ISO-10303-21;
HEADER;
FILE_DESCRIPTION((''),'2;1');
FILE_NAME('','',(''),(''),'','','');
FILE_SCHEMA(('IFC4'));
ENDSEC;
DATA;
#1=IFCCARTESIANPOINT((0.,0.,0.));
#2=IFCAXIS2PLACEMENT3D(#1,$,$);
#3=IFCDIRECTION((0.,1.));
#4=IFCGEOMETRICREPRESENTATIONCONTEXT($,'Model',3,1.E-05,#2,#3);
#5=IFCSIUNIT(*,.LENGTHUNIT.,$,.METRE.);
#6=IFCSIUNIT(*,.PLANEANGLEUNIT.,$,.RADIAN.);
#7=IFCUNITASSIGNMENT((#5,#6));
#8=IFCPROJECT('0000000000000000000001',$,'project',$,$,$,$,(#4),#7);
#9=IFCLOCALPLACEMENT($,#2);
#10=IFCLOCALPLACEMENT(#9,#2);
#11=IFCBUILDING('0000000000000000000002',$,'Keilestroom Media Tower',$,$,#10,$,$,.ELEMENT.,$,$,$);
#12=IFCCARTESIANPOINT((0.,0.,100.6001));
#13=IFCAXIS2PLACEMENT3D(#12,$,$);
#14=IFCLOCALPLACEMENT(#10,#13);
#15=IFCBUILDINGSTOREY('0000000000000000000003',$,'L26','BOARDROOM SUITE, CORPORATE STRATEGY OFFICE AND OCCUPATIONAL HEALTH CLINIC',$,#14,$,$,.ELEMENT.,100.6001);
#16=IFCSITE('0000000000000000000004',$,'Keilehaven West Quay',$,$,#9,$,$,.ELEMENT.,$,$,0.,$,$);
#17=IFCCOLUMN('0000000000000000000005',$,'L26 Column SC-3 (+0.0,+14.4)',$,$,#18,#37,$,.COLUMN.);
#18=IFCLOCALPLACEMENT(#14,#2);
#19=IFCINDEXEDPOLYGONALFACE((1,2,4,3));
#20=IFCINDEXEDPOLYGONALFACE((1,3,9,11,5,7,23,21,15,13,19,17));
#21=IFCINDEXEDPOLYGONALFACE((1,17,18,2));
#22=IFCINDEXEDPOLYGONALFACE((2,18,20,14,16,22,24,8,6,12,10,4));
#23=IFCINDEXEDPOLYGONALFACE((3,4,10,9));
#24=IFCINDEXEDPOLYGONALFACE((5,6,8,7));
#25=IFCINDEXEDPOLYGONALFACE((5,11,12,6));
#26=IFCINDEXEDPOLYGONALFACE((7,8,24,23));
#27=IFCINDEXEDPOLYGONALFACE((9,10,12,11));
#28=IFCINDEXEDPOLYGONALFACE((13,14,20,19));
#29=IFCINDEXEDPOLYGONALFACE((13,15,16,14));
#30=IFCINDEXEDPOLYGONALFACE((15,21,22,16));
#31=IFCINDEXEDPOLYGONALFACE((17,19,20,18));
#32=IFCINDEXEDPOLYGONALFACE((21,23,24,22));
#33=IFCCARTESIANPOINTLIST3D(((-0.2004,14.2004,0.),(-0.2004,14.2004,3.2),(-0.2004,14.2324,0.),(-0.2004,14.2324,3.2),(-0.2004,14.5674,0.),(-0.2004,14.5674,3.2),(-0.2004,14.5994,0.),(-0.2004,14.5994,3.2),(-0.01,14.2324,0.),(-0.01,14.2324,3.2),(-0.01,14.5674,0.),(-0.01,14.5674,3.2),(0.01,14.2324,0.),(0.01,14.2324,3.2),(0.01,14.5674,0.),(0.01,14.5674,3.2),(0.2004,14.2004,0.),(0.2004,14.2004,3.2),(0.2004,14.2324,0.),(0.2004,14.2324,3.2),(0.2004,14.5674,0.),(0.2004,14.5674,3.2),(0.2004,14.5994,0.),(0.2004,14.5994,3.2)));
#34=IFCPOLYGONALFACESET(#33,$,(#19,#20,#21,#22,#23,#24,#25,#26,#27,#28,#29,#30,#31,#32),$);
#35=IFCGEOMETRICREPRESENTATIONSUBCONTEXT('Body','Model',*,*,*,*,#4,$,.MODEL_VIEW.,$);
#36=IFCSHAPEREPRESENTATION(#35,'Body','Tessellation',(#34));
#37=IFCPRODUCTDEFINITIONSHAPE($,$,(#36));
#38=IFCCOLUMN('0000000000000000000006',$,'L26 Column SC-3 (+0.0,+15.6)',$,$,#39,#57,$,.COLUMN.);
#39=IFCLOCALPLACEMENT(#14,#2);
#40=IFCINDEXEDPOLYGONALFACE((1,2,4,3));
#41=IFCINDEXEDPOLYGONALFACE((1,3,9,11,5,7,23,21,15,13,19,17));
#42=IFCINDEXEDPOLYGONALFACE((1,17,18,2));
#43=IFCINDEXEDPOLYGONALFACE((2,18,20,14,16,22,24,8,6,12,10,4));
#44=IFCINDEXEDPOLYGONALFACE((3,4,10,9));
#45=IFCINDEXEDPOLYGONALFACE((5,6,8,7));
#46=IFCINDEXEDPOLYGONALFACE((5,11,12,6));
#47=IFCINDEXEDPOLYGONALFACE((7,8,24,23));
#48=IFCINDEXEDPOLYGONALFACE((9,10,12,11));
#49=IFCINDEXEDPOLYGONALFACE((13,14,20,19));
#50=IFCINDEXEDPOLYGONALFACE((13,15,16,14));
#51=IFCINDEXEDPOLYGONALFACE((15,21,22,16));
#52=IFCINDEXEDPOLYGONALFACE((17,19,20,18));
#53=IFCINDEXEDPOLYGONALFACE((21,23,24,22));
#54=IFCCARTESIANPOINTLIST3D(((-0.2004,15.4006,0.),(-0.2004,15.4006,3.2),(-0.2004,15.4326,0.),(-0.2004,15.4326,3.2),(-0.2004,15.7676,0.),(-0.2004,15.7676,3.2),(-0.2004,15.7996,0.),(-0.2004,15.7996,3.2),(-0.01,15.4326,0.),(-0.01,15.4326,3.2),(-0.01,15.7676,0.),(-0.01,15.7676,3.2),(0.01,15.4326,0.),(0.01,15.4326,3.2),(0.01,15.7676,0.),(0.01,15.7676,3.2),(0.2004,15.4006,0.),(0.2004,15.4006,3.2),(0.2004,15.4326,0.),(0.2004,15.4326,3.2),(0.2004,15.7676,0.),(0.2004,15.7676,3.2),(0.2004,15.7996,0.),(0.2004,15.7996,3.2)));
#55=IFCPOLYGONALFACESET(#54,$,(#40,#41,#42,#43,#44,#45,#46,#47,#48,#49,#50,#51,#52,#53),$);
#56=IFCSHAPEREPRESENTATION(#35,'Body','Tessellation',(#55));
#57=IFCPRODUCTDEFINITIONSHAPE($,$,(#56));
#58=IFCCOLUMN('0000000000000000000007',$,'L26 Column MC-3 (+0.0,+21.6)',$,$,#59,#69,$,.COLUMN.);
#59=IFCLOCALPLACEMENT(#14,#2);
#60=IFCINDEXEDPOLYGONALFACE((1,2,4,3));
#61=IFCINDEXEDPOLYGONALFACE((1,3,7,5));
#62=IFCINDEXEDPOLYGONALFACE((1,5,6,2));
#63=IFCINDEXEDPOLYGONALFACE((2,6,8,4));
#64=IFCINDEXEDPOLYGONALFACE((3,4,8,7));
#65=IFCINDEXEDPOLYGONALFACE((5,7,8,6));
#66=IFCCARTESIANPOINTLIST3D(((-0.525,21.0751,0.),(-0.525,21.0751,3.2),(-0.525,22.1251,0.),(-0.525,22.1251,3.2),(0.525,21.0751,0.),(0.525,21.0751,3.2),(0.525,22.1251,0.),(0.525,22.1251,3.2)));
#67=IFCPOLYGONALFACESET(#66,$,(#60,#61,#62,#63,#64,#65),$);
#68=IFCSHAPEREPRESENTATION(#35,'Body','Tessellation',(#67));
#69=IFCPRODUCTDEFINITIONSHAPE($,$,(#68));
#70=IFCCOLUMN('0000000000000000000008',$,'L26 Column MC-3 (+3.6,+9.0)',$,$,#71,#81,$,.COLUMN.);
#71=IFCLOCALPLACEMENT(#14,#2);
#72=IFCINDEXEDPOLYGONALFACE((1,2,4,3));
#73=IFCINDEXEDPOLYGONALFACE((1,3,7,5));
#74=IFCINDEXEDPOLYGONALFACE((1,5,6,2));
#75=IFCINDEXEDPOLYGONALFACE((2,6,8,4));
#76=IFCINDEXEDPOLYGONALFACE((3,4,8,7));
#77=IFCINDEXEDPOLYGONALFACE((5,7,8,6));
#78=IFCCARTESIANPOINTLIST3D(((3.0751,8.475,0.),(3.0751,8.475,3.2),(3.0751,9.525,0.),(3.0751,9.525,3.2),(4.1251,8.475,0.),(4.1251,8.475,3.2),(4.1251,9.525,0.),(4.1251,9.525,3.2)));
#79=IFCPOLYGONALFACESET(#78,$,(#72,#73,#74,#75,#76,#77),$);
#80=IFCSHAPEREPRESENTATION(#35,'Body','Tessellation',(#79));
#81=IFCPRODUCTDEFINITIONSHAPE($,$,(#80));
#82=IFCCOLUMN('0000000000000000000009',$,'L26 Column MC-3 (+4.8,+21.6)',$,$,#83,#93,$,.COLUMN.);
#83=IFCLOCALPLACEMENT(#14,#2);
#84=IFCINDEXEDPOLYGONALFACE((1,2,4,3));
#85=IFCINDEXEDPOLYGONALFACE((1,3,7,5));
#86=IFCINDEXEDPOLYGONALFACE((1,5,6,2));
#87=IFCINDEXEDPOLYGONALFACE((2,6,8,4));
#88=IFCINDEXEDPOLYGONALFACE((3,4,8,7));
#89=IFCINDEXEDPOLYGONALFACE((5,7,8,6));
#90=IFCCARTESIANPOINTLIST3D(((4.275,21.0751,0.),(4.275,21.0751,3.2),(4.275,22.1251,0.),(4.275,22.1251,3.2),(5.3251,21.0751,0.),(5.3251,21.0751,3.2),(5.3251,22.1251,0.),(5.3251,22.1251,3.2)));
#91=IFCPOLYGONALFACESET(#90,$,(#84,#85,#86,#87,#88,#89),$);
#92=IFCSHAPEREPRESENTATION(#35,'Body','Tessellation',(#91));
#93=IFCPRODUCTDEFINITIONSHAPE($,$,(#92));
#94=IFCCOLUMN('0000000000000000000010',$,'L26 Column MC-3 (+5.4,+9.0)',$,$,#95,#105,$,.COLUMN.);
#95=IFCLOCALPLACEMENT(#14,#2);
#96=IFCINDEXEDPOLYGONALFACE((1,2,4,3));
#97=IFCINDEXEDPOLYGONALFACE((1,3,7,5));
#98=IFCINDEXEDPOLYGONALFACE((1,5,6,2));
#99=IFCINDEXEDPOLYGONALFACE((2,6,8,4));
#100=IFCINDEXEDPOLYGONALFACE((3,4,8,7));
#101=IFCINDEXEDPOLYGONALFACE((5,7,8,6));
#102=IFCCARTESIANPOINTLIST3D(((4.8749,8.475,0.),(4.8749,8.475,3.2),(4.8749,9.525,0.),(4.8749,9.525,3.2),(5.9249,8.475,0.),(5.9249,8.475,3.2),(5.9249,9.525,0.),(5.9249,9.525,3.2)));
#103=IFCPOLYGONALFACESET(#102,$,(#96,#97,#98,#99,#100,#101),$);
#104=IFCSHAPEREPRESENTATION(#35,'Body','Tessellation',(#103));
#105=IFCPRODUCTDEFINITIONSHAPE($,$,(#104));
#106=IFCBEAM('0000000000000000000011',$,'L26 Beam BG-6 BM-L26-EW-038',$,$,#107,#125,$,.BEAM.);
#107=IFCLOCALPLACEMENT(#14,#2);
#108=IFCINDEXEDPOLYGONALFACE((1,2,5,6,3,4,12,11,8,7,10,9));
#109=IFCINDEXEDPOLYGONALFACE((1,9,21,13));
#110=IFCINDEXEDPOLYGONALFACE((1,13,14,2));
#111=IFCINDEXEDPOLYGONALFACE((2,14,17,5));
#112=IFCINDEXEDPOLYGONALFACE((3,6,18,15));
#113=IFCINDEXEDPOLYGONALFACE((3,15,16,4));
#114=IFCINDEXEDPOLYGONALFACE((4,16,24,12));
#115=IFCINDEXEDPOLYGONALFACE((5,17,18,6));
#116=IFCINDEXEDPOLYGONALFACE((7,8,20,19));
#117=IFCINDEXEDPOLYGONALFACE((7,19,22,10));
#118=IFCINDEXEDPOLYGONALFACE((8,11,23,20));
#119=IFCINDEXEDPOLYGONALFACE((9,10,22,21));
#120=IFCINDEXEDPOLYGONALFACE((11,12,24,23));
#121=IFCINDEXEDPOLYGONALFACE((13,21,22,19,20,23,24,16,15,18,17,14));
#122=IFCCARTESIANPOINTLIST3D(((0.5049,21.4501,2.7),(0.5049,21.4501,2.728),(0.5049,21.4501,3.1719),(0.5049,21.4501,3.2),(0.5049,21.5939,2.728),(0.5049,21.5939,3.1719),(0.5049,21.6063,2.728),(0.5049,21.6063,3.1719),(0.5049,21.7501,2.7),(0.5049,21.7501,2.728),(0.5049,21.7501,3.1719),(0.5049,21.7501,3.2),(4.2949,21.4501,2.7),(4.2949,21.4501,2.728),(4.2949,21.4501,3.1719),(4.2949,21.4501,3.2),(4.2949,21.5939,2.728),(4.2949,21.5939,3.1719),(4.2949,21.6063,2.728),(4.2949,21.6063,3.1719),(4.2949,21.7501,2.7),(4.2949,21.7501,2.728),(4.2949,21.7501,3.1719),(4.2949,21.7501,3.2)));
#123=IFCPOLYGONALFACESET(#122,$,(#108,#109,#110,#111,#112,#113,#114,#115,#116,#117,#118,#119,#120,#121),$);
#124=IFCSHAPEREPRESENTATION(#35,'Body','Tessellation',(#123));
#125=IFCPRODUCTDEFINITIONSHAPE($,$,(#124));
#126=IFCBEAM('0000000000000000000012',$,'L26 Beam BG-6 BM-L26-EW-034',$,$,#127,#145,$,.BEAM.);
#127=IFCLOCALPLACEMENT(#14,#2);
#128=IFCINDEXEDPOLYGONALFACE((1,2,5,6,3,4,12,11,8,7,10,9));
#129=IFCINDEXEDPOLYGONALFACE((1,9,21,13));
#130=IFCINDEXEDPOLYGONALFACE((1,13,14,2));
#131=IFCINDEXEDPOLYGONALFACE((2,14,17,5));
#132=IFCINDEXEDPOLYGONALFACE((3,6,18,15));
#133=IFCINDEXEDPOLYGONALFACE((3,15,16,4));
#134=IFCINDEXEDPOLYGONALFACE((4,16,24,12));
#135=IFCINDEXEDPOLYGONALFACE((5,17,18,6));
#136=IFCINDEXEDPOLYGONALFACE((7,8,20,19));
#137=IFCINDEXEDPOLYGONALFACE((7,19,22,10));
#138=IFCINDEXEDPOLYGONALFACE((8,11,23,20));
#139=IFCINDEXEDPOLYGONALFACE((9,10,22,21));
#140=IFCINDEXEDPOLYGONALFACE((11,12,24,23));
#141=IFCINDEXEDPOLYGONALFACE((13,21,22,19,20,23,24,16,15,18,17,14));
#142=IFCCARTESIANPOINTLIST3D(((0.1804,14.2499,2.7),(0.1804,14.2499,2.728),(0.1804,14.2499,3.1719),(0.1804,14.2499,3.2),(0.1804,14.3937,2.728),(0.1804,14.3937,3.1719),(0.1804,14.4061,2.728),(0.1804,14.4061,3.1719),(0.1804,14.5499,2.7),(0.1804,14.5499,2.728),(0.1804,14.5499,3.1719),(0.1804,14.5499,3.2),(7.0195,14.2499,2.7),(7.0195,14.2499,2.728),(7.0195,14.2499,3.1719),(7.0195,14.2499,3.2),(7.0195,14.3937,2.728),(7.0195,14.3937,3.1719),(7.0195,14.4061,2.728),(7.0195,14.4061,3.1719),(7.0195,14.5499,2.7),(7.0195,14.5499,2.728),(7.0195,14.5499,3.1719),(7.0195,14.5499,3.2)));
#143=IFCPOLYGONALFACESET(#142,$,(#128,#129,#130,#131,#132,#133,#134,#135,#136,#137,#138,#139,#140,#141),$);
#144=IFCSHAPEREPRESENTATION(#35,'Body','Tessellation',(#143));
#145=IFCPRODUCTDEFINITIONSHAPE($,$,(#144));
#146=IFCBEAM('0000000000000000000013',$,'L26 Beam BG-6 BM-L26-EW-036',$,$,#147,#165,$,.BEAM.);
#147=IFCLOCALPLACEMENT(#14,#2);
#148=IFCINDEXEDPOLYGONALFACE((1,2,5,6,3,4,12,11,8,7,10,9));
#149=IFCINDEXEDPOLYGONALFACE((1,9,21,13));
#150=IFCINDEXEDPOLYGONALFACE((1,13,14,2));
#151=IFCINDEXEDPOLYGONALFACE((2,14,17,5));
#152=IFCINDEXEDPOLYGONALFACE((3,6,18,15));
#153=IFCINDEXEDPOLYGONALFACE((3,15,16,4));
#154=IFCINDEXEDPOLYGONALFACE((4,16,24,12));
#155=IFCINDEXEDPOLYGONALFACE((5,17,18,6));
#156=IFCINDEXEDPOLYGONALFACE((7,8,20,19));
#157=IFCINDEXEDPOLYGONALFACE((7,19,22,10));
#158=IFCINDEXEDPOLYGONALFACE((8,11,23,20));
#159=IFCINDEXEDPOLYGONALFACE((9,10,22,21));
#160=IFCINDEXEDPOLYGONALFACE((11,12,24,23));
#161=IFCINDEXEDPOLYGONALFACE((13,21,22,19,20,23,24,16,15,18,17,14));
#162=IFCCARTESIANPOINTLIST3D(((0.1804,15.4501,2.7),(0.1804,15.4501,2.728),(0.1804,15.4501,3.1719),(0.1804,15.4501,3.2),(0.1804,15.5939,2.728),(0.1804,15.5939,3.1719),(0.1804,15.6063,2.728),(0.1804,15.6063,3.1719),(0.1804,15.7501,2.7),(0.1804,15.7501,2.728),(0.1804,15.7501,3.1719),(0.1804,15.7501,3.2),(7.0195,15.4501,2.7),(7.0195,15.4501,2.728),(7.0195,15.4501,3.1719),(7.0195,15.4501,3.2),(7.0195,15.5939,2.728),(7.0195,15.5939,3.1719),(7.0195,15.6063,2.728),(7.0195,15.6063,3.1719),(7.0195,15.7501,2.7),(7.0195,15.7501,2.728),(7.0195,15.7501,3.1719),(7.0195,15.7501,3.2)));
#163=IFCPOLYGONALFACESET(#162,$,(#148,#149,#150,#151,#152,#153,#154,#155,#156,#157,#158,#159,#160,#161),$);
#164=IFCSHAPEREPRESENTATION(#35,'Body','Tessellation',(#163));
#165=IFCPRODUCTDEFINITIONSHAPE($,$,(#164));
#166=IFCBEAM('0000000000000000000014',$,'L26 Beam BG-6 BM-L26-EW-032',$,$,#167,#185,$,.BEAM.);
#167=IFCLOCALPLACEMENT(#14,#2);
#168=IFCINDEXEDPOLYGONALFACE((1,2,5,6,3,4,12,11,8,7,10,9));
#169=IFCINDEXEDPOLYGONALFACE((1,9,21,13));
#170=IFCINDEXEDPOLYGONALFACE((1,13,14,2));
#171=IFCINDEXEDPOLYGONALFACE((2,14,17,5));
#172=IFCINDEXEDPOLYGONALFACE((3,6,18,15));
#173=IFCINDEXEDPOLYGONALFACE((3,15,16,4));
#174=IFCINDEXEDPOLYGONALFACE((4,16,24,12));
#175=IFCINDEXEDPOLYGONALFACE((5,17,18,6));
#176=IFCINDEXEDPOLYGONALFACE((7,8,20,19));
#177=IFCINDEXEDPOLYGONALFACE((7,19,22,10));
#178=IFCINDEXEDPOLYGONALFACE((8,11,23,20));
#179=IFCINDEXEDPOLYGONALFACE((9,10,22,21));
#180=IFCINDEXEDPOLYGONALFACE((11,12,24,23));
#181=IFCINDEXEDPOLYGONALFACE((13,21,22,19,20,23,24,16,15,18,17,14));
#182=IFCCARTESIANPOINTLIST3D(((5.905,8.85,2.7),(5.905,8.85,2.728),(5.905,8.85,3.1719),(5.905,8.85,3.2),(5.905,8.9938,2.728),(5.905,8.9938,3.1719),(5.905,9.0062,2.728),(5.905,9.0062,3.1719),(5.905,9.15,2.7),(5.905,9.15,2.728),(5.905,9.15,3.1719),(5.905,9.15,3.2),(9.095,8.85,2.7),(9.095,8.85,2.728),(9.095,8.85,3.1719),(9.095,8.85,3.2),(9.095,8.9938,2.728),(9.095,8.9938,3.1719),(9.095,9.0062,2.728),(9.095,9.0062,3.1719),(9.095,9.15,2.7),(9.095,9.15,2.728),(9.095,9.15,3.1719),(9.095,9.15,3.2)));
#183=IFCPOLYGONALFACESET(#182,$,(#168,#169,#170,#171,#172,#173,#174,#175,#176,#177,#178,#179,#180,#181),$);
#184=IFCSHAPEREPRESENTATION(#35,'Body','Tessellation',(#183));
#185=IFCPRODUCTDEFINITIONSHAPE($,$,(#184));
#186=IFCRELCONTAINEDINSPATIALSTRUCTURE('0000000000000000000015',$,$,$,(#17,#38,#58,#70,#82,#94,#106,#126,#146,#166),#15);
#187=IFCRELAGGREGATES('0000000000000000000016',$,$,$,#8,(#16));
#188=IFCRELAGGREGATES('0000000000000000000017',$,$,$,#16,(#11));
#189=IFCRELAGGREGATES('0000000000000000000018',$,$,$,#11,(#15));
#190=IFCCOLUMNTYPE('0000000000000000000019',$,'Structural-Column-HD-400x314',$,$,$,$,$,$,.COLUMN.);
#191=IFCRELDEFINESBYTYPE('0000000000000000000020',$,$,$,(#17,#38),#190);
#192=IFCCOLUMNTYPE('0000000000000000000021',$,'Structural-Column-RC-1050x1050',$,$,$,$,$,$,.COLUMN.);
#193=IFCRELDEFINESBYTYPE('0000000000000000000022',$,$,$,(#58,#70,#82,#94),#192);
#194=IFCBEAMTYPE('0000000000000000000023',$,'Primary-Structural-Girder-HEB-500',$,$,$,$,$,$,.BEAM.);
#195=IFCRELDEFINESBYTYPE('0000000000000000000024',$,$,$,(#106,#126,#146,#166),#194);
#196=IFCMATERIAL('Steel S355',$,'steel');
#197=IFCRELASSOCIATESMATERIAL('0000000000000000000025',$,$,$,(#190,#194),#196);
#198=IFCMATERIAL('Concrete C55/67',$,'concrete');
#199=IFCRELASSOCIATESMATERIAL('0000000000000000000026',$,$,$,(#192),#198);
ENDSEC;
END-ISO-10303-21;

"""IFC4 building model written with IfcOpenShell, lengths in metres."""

from ifc_helpers import new_model, si_unit, direction, frame, origin, origin_2d, place, context, subcontext, project, spatial, rectangle, i_section, extrude, source, transform, mapped, material, material_profile, profile_set, type_object, element, save


model = new_model("IFC4")

# Units and contexts
model_context = context("Model", 3, precision=1e-05, world=origin(), true_north=direction((0.0, 1.0)))
body_context = subcontext(model_context, "Body", "Model", "MODEL_VIEW")
ifc_project = project(units=[si_unit("LENGTHUNIT", "METRE"), si_unit("PLANEANGLEUNIT", "RADIAN")], contexts=[model_context])

# Site, building, storey
site_placement = place(None, origin())
site = spatial("IfcSite", under=ifc_project, at=site_placement, Name="Keilehaven West Quay", CompositionType="ELEMENT", RefElevation=0.0)
building_placement = place(site_placement, origin())
building = spatial("IfcBuilding", under=site, at=building_placement, Name="Keilestroom Media Tower", CompositionType="ELEMENT")
storey_placement = place(building_placement, frame((0.0, 0.0, 100.6001)))
storey = spatial("IfcBuildingStorey", under=building, at=storey_placement, Name="L26", Description="BOARDROOM SUITE, CORPORATE STRATEGY OFFICE AND OCCUPATIONAL HEALTH CLINIC", CompositionType="ELEMENT", Elevation=100.6001)

# Columns
ifc_material_1 = material(Name="Steel S355", Category="steel")
ifc_material_profile_1 = material_profile(ifc_material_1, i_section(OverallWidth=0.4009, OverallDepth=0.3989, WebThickness=0.02, FlangeThickness=0.032, at=origin_2d()), Name="HD 400x314")
ifc_profile_set_1 = profile_set([ifc_material_profile_1], Name="Steel S355")
column_type_1 = type_object("IfcColumnType", Name="Structural-Column-HD-400x314", PredefinedType="COLUMN", material=ifc_profile_set_1)
shared_shape_1 = source(origin(), body_context, "Body", "SweptSolid", [
    extrude(i_section(OverallWidth=0.4009, OverallDepth=0.3989, WebThickness=0.02, FlangeThickness=0.032, at=origin_2d()), origin(), (0.0, 0.0, 1.0), 3.2),
])
for number, where, z_axis, x_axis, name in (
    (1, (0.0, 14.3999, 0.0), (0.0, 0.0, 1.0), (1.0, 0.0, 0.0), "L26 Column SC-3 (+0.0,+14.4)"),
    (2, (0.0, 15.6001, 0.0), (0.0, 0.0, 1.0), (1.0, 0.0, 0.0), "L26 Column SC-3 (+0.0,+15.6)"),
):
    element("IfcColumn", number, at=place(storey_placement, frame(where, z_axis=z_axis, x_axis=x_axis)), inside=storey, type_object=column_type_1, Name=name, PredefinedType="COLUMN", context=body_context, shape_type="MappedRepresentation", body=[
        mapped(shared_shape_1, transform((0.0, 0.0, 0.0), x_axis=(1.0, 0.0, 0.0), y_axis=(0.0, 1.0, 0.0), z_axis=(0.0, 0.0, 1.0), scale=1.0)),
    ])
ifc_material_2 = material(Name="Concrete C55/67", Category="concrete")
ifc_material_profile_2 = material_profile(ifc_material_2, rectangle(XDim=1.05, YDim=1.05, at=origin_2d()), Name="RC 1050x1050")
ifc_profile_set_2 = profile_set([ifc_material_profile_2], Name="Concrete C55/67")
column_type_2 = type_object("IfcColumnType", Name="Structural-Column-RC-1050x1050", PredefinedType="COLUMN", material=ifc_profile_set_2)
shared_shape_2 = source(origin(), body_context, "Body", "SweptSolid", [
    extrude(rectangle(XDim=1.05, YDim=1.05, at=origin_2d()), origin(), (0.0, 0.0, 1.0), 3.2),
])
for number, where, z_axis, x_axis, name in (
    (3, (0.0, 21.6001, 0.0), (0.0, 0.0, 1.0), (1.0, 0.0, 0.0), "L26 Column MC-3 (+0.0,+21.6)"),
    (4, (3.6001, 9.0, 0.0), (0.0, 0.0, 1.0), (1.0, 0.0, 0.0), "L26 Column MC-3 (+3.6,+9.0)"),
    (5, (4.8, 21.6001, 0.0), (0.0, 0.0, 1.0), (1.0, 0.0, 0.0), "L26 Column MC-3 (+4.8,+21.6)"),
    (6, (5.3999, 9.0, 0.0), (0.0, 0.0, 1.0), (1.0, 0.0, 0.0), "L26 Column MC-3 (+5.4,+9.0)"),
):
    element("IfcColumn", number, at=place(storey_placement, frame(where, z_axis=z_axis, x_axis=x_axis)), inside=storey, type_object=column_type_2, Name=name, PredefinedType="COLUMN", context=body_context, shape_type="MappedRepresentation", body=[
        mapped(shared_shape_2, transform((0.0, 0.0, 0.0), x_axis=(1.0, 0.0, 0.0), y_axis=(0.0, 1.0, 0.0), z_axis=(0.0, 0.0, 1.0), scale=1.0)),
    ])

# Beams
ifc_material_profile_3 = material_profile(ifc_material_1, i_section(OverallWidth=0.3, OverallDepth=0.5, WebThickness=0.0125, FlangeThickness=0.0281, at=origin_2d()), Name="HEB 500")
ifc_profile_set_3 = profile_set([ifc_material_profile_3], Name="Steel S355")
beam_type_1 = type_object("IfcBeamType", Name="Primary-Structural-Girder-HEB-500", PredefinedType="BEAM", material=ifc_profile_set_3)
shared_shape_3 = source(origin(), body_context, "Body", "SweptSolid", [
    extrude(i_section(OverallWidth=0.3, OverallDepth=0.5, WebThickness=0.0125, FlangeThickness=0.0281, at=origin_2d()), origin(), (0.0, 0.0, 1.0), 3.79),
])
beam_1_placement = place(storey_placement, frame((0.5049, 21.6001, 2.95), z_axis=(1.0, 0.0, 0.0), x_axis=(0.0, 1.0, 0.0)))
element("IfcBeam", 7, at=beam_1_placement, inside=storey, type_object=beam_type_1, Name="L26 Beam BG-6 BM-L26-EW-038", PredefinedType="BEAM", context=body_context, shape_type="MappedRepresentation", body=[
    mapped(shared_shape_3, transform((0.0, 0.0, 0.0), x_axis=(1.0, 0.0, 0.0), y_axis=(0.0, 1.0, 0.0), z_axis=(0.0, 0.0, 1.0), scale=1.0)),
])
shared_shape_4 = source(origin(), body_context, "Body", "SweptSolid", [
    extrude(i_section(OverallWidth=0.3, OverallDepth=0.5, WebThickness=0.0125, FlangeThickness=0.0281, at=origin_2d()), origin(), (0.0, 0.0, 1.0), 6.8391),
])
for number, where, z_axis, x_axis, name in (
    (8, (0.1804, 14.3999, 2.95), (1.0, 0.0, 0.0), (0.0, 1.0, 0.0), "L26 Beam BG-6 BM-L26-EW-034"),
    (9, (0.1804, 15.6001, 2.95), (1.0, 0.0, 0.0), (0.0, 1.0, 0.0), "L26 Beam BG-6 BM-L26-EW-036"),
):
    element("IfcBeam", number, at=place(storey_placement, frame(where, z_axis=z_axis, x_axis=x_axis)), inside=storey, type_object=beam_type_1, Name=name, PredefinedType="BEAM", context=body_context, shape_type="MappedRepresentation", body=[
        mapped(shared_shape_4, transform((0.0, 0.0, 0.0), x_axis=(1.0, 0.0, 0.0), y_axis=(0.0, 1.0, 0.0), z_axis=(0.0, 0.0, 1.0), scale=1.0)),
    ])
shared_shape_5 = source(origin(), body_context, "Body", "SweptSolid", [
    extrude(i_section(OverallWidth=0.3, OverallDepth=0.5, WebThickness=0.0125, FlangeThickness=0.0281, at=origin_2d()), origin(), (0.0, 0.0, 1.0), 3.1899),
])
beam_2_placement = place(storey_placement, frame((5.905, 9.0, 2.95), z_axis=(1.0, 0.0, 0.0), x_axis=(0.0, 1.0, 0.0)))
element("IfcBeam", 10, at=beam_2_placement, inside=storey, type_object=beam_type_1, Name="L26 Beam BG-6 BM-L26-EW-032", PredefinedType="BEAM", context=body_context, shape_type="MappedRepresentation", body=[
    mapped(shared_shape_5, transform((0.0, 0.0, 0.0), x_axis=(1.0, 0.0, 0.0), y_axis=(0.0, 1.0, 0.0), z_axis=(0.0, 0.0, 1.0), scale=1.0)),
])

save(model, "model.ifc")
